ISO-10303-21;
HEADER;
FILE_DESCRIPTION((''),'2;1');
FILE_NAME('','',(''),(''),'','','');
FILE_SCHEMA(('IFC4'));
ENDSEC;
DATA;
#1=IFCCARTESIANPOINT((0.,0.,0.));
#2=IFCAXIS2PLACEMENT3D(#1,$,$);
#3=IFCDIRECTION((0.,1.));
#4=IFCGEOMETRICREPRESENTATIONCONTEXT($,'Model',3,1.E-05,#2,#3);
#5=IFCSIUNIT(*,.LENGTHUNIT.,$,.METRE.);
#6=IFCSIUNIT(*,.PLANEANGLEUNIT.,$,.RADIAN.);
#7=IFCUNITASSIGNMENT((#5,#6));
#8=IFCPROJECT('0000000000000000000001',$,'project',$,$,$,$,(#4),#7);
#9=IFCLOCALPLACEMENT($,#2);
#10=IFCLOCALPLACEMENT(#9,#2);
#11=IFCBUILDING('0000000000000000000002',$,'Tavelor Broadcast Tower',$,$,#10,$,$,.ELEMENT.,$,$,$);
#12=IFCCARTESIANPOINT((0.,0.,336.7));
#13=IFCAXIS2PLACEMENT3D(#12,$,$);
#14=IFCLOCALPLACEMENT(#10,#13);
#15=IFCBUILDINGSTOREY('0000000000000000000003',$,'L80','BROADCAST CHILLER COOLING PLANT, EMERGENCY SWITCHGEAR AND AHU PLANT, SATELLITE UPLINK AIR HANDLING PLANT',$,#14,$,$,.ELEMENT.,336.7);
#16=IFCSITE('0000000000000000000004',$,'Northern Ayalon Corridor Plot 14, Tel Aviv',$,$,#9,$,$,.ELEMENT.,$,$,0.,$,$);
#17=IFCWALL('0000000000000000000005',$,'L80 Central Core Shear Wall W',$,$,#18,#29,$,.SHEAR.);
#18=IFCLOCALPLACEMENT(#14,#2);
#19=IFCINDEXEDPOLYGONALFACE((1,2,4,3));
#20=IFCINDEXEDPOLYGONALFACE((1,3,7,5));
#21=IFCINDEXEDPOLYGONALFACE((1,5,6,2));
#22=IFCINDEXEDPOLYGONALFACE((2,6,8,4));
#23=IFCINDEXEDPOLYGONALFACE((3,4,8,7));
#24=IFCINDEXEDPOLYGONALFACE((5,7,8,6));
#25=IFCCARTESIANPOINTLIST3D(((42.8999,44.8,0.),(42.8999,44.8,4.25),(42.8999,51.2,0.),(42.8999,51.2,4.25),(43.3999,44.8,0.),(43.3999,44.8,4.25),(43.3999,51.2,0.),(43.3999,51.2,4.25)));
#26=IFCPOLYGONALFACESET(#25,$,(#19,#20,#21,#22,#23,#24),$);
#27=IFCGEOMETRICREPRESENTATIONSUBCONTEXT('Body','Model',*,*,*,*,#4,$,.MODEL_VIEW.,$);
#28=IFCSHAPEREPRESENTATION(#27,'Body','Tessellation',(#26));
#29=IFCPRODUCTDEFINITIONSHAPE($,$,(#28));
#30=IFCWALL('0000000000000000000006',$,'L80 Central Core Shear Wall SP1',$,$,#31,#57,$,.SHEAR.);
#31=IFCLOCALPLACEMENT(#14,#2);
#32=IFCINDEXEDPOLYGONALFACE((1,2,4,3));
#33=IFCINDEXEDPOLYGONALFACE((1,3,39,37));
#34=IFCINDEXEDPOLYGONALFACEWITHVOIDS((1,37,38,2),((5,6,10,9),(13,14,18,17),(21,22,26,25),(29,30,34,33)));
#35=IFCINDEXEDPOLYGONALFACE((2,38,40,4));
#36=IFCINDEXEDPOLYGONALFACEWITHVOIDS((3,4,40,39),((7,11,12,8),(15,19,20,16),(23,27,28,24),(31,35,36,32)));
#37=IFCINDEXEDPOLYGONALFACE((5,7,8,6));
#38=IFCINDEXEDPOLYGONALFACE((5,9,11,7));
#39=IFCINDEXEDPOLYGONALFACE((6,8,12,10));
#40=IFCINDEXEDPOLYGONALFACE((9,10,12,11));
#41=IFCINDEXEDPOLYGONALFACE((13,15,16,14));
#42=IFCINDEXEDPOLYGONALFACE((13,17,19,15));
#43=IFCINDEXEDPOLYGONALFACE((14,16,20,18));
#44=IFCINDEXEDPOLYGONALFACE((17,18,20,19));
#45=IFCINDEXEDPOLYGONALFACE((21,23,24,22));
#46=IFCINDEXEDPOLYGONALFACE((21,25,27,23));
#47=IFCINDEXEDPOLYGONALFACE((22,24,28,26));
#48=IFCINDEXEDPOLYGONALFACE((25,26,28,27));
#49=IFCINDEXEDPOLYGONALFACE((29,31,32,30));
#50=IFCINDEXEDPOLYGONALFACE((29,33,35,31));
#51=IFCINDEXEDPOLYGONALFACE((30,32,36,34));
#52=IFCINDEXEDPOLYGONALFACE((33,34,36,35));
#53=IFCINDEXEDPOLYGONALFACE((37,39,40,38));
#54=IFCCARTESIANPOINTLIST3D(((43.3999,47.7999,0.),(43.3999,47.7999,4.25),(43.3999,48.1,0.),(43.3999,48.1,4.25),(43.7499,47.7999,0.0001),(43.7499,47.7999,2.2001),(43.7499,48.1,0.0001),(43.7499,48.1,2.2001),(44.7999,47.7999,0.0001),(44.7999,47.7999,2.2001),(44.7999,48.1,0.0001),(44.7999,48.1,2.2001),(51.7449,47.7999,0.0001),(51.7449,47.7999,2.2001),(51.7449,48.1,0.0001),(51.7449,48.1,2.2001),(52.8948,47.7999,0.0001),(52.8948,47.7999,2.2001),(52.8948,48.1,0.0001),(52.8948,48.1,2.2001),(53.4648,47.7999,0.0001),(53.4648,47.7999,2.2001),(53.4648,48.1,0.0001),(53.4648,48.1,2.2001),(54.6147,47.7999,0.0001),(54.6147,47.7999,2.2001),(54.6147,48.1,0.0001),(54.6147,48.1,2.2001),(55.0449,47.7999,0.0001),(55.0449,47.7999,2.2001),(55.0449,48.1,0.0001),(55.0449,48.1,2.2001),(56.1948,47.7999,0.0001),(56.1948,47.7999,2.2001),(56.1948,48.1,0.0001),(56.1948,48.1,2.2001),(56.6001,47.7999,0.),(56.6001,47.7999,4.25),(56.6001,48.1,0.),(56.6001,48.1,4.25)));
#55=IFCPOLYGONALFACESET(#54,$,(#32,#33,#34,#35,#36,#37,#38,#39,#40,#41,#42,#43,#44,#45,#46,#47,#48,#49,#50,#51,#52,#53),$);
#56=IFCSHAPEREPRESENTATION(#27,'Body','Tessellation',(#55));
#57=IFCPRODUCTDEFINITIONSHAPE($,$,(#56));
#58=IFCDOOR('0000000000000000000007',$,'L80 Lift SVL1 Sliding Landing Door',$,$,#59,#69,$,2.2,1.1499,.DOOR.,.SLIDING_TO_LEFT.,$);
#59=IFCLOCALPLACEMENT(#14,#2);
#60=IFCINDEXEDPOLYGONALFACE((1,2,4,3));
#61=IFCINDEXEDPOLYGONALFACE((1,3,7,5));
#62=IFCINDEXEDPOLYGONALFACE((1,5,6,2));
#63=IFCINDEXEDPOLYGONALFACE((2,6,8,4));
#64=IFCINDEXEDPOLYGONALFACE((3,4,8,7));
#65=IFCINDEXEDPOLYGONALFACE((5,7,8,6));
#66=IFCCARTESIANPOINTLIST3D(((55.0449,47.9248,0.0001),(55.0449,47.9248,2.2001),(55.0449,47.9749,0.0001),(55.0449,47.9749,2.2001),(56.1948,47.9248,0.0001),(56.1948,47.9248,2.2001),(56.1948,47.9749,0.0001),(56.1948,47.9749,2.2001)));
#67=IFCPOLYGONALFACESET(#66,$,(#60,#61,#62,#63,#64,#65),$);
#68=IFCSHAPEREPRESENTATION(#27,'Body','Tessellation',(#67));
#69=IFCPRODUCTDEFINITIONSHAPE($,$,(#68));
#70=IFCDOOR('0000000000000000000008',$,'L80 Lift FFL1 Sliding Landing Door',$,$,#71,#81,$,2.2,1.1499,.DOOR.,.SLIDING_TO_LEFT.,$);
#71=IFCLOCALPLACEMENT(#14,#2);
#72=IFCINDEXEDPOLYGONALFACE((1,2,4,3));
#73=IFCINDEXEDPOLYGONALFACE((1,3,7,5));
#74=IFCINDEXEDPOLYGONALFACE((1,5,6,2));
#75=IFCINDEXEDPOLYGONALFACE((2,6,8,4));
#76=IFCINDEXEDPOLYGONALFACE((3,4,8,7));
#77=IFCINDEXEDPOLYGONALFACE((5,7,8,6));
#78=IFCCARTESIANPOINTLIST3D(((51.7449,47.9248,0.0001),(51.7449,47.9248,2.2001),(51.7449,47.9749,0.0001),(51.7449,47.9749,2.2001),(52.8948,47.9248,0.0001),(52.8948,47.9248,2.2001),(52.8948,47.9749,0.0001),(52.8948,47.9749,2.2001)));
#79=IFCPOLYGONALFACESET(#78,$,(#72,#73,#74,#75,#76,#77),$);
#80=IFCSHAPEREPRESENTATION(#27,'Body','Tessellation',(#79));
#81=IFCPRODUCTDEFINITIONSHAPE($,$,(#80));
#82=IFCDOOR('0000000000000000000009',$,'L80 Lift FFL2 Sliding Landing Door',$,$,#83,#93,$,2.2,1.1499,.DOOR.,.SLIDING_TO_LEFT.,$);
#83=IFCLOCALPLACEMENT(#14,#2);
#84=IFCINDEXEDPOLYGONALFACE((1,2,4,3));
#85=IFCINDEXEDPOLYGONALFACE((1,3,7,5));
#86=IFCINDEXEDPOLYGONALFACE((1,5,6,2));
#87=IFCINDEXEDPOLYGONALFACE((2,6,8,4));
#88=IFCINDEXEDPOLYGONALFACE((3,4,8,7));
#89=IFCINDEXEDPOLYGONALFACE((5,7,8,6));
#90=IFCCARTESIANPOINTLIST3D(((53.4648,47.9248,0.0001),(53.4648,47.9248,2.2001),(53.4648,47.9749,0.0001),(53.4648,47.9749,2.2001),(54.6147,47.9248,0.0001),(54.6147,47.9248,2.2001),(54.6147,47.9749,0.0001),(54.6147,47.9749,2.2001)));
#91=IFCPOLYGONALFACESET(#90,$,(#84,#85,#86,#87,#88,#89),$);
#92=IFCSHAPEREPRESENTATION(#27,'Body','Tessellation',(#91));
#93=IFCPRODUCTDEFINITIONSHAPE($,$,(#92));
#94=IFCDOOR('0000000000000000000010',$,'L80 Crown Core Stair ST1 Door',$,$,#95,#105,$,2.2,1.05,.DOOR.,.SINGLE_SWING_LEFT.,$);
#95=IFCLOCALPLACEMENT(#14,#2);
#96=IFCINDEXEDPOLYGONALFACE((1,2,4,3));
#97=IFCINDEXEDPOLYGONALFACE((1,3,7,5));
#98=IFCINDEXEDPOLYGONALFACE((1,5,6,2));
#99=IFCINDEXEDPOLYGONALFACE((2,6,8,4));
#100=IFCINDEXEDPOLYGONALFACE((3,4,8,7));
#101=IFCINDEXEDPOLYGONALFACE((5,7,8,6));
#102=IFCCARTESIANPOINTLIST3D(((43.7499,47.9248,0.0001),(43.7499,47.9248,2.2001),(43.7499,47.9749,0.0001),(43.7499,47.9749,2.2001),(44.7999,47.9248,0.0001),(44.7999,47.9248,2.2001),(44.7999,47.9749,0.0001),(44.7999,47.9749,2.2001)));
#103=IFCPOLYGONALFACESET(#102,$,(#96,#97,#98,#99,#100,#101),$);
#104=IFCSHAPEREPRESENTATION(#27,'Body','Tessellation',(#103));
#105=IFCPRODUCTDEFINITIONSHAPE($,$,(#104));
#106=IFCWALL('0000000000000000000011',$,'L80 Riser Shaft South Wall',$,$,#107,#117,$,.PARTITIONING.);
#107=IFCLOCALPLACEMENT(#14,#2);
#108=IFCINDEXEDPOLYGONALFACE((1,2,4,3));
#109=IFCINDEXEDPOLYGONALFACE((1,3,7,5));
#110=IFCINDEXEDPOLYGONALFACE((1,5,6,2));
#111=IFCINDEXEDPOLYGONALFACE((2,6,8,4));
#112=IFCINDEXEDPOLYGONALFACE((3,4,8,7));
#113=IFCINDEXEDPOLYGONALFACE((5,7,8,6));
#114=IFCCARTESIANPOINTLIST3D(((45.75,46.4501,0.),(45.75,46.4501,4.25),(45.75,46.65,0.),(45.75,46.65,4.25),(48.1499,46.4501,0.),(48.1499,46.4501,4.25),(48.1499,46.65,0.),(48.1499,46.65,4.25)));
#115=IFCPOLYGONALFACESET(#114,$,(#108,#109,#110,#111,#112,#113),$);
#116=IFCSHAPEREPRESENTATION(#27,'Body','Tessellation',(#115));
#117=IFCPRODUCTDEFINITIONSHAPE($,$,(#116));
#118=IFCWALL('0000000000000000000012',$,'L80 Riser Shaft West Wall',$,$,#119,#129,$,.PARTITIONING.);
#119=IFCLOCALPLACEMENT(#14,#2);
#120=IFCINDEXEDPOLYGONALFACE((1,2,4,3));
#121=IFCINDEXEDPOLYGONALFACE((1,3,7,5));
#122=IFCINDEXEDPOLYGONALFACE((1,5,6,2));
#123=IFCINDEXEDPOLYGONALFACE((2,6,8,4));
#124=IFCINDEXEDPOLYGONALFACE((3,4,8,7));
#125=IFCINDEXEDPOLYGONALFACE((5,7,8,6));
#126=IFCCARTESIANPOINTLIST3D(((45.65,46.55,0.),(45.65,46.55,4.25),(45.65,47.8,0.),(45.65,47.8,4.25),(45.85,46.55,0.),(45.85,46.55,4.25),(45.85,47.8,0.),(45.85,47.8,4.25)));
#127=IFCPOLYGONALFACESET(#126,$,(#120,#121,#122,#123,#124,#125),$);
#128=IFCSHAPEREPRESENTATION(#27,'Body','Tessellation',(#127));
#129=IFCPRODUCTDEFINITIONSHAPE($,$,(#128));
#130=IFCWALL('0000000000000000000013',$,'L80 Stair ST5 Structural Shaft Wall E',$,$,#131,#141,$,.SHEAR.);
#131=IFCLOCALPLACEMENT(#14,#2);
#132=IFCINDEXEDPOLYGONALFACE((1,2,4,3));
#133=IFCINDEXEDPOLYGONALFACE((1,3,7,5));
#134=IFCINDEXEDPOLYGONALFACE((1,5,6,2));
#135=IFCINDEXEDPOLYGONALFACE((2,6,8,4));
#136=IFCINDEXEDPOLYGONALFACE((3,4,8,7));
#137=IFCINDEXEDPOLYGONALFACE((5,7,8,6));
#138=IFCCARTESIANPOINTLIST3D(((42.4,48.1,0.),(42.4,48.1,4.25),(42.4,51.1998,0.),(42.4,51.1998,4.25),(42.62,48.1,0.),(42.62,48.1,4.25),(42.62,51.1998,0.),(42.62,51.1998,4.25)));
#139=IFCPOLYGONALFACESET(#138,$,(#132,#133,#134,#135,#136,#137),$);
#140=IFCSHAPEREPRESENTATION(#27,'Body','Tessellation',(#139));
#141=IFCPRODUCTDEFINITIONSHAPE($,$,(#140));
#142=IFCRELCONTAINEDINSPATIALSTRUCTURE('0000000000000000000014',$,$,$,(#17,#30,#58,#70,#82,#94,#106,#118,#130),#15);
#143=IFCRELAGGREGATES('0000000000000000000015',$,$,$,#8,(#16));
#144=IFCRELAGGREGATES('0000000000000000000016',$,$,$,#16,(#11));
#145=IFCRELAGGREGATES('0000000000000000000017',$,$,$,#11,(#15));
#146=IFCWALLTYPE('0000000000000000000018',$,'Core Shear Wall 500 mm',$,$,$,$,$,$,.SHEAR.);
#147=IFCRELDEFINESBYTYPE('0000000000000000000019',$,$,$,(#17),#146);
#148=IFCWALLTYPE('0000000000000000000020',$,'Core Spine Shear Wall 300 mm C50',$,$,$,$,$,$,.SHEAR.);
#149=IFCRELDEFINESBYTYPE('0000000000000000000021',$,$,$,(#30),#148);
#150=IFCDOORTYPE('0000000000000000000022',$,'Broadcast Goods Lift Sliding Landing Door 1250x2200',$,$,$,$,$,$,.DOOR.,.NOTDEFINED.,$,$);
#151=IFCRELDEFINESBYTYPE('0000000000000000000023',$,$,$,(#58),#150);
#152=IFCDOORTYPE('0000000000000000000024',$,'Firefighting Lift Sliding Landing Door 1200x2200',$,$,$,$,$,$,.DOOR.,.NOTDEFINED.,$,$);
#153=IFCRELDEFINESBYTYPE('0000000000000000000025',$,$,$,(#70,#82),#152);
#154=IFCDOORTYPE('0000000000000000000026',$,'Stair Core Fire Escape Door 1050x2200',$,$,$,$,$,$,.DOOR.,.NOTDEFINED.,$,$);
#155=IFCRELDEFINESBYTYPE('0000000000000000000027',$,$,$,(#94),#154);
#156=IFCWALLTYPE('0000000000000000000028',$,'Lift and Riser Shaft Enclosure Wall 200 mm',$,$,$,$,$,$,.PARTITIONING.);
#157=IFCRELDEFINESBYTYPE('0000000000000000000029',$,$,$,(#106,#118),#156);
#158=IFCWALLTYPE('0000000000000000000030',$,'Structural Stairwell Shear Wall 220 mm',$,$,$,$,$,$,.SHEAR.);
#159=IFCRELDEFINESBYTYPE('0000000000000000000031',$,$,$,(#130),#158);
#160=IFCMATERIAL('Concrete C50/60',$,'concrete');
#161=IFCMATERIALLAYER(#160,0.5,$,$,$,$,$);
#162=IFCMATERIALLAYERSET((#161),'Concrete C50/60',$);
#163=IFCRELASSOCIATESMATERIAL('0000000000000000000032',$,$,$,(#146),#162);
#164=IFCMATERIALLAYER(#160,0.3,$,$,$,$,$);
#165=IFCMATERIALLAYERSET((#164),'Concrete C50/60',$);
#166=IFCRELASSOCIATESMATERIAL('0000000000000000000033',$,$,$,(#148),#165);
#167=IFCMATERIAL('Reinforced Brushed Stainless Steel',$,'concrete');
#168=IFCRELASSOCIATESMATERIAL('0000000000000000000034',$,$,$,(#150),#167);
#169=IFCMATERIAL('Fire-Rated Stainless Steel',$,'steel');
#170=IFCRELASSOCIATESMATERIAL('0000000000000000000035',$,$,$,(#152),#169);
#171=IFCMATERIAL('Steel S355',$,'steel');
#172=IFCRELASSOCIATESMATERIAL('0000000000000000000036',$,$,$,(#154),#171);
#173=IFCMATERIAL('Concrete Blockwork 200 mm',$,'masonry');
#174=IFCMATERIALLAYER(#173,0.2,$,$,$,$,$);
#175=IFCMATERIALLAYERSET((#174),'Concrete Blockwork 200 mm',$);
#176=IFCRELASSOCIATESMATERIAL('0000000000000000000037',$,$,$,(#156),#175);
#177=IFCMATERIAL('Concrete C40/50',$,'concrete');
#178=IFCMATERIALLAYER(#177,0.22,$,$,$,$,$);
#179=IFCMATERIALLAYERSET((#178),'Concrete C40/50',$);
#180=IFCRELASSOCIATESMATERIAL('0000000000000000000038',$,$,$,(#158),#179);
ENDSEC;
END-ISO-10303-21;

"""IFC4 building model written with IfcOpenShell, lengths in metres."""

from ifc_helpers import new_model, si_unit, direction, frame, frame_2d, origin, place, context, subcontext, project, spatial, rectangle, extrude, material, layer, layer_set, type_object, element, fill, save


model = new_model("IFC4")

# Units and contexts
model_context = context("Model", 3, precision=1e-05, world=origin(), true_north=direction((0.0, 1.0)))
body_context = subcontext(model_context, "Body", "Model", "MODEL_VIEW")
ifc_project = project(units=[si_unit("LENGTHUNIT", "METRE"), si_unit("PLANEANGLEUNIT", "RADIAN")], contexts=[model_context])

# Site, building, storey
site_placement = place(None, origin())
site = spatial("IfcSite", under=ifc_project, at=site_placement, Name="Northern Ayalon Corridor Plot 14, Tel Aviv", CompositionType="ELEMENT", RefElevation=0.0)
building_placement = place(site_placement, origin())
building = spatial("IfcBuilding", under=site, at=building_placement, Name="Tavelor Broadcast Tower", CompositionType="ELEMENT")
storey_placement = place(building_placement, frame((0.0, 0.0, 336.7)))
storey = spatial("IfcBuildingStorey", under=building, at=storey_placement, Name="L80", Description="BROADCAST CHILLER COOLING PLANT, EMERGENCY SWITCHGEAR AND AHU PLANT, SATELLITE UPLINK AIR HANDLING PLANT", CompositionType="ELEMENT", Elevation=336.7)

# Shared definitions
ifc_material_1 = material(Name="Concrete C50/60", Category="concrete")

# Shared definitions
ifc_material_2 = material(Name="Concrete C40/50", Category="concrete")
ifc_material_3 = material(Name="Steel S355", Category="steel")

# Wall
ifc_layer_1 = layer(ifc_material_1, 0.5)
ifc_layer_set_1 = layer_set([ifc_layer_1], Name="Concrete C50/60")
wall_type_1 = type_object("IfcWallType", Name="Core Shear Wall 500 mm", PredefinedType="SHEAR", material=ifc_layer_set_1)
wall_1_placement = place(storey_placement, frame((43.1499, 44.8, 0.0), z_axis=(0.0, 0.0, 1.0), x_axis=(0.0, 1.0, 0.0)))
element("IfcWall", 1, at=wall_1_placement, inside=storey, type_object=wall_type_1, Name="L80 Central Core Shear Wall W", PredefinedType="SHEAR", context=body_context, shape_type="SweptSolid", body=[
    extrude(rectangle(XDim=6.3999, YDim=0.5, at=frame_2d((3.2, 0.0))), origin(), (0.0, 0.0, 1.0), 4.25),
])

# Wall, openings, doors
ifc_layer_2 = layer(ifc_material_1, 0.3)
ifc_layer_set_2 = layer_set([ifc_layer_2], Name="Concrete C50/60")
wall_type_2 = type_object("IfcWallType", Name="Core Spine Shear Wall 300 mm C50", PredefinedType="SHEAR", material=ifc_layer_set_2)
wall_2_placement = place(storey_placement, frame((43.3999, 47.95, 0.0), z_axis=(0.0, 0.0, 1.0), x_axis=(1.0, 0.0, 0.0)))
wall_2 = element("IfcWall", 2, at=wall_2_placement, inside=storey, type_object=wall_type_2, Name="L80 Central Core Shear Wall SP1", PredefinedType="SHEAR", context=body_context, shape_type="SweptSolid", body=[
    extrude(rectangle(XDim=13.2002, YDim=0.3, at=frame_2d((6.6001, 0.0))), origin(), (0.0, 0.0, 1.0), 4.25),
])
opening_1_placement = place(wall_2_placement, frame((0.3501, 0.0, 0.0)))
opening_1 = element("IfcOpeningElement", 3, at=opening_1_placement, cuts=wall_2, PredefinedType="OPENING", context=body_context, shape_type="SweptSolid", body=[
    extrude(rectangle(XDim=1.05, YDim=2.2, at=frame_2d((0.5249, 1.1001))), frame((0.0, 0.1602, 0.0), z_axis=(0.0, -1.0, 0.0), x_axis=(1.0, 0.0, 0.0)), (0.0, 0.0, 1.0), 0.3201),
])
opening_2_placement = place(wall_2_placement, frame((8.345, 0.0, 0.0)))
opening_2 = element("IfcOpeningElement", 4, at=opening_2_placement, cuts=wall_2, PredefinedType="OPENING", context=body_context, shape_type="SweptSolid", body=[
    extrude(rectangle(XDim=1.1499, YDim=2.2, at=frame_2d((0.575, 1.1001))), frame((0.0, 0.1602, 0.0), z_axis=(0.0, -1.0, 0.0), x_axis=(1.0, 0.0, 0.0)), (0.0, 0.0, 1.0), 0.3201),
])
opening_3_placement = place(wall_2_placement, frame((10.0649, 0.0, 0.0)))
opening_3 = element("IfcOpeningElement", 5, at=opening_3_placement, cuts=wall_2, PredefinedType="OPENING", context=body_context, shape_type="SweptSolid", body=[
    extrude(rectangle(XDim=1.1499, YDim=2.2, at=frame_2d((0.575, 1.1001))), frame((0.0, 0.1602, 0.0), z_axis=(0.0, -1.0, 0.0), x_axis=(1.0, 0.0, 0.0)), (0.0, 0.0, 1.0), 0.3201),
])
opening_4_placement = place(wall_2_placement, frame((11.645, 0.0, 0.0)))
opening_4 = element("IfcOpeningElement", 6, at=opening_4_placement, cuts=wall_2, PredefinedType="OPENING", context=body_context, shape_type="SweptSolid", body=[
    extrude(rectangle(XDim=1.1499, YDim=2.2, at=frame_2d((0.575, 1.1001))), frame((0.0, 0.1602, 0.0), z_axis=(0.0, -1.0, 0.0), x_axis=(1.0, 0.0, 0.0)), (0.0, 0.0, 1.0), 0.3201),
])
ifc_material_4 = material(Name="Reinforced Brushed Stainless Steel", Category="concrete")
door_type_1 = type_object("IfcDoorType", Name="Broadcast Goods Lift Sliding Landing Door 1250x2200", OperationType="NOTDEFINED", PredefinedType="DOOR", material=ifc_material_4)
door_1_placement = place(opening_4_placement, origin())
door_1 = element("IfcDoor", 7, at=door_1_placement, inside=storey, type_object=door_type_1, Name="L80 Lift SVL1 Sliding Landing Door", OperationType="SLIDING_TO_LEFT", OverallHeight=2.2, OverallWidth=1.1499, PredefinedType="DOOR", context=body_context, shape_type="SweptSolid", body=[
    extrude(rectangle(XDim=1.1499, YDim=2.2, at=frame_2d((0.575, 1.1001))), frame((0.0, 0.0249, 0.0), z_axis=(0.0, -1.0, 0.0), x_axis=(1.0, 0.0, 0.0)), (0.0, 0.0, 1.0), 0.05),
])
fill(opening_4, door_1)
ifc_material_5 = material(Name="Fire-Rated Stainless Steel", Category="steel")
door_type_2 = type_object("IfcDoorType", Name="Firefighting Lift Sliding Landing Door 1200x2200", OperationType="NOTDEFINED", PredefinedType="DOOR", material=ifc_material_5)
door_2_placement = place(opening_2_placement, origin())
door_2 = element("IfcDoor", 8, at=door_2_placement, inside=storey, type_object=door_type_2, Name="L80 Lift FFL1 Sliding Landing Door", OperationType="SLIDING_TO_LEFT", OverallHeight=2.2, OverallWidth=1.1499, PredefinedType="DOOR", context=body_context, shape_type="SweptSolid", body=[
    extrude(rectangle(XDim=1.1499, YDim=2.2, at=frame_2d((0.575, 1.1001))), frame((0.0, 0.0249, 0.0), z_axis=(0.0, -1.0, 0.0), x_axis=(1.0, 0.0, 0.0)), (0.0, 0.0, 1.0), 0.05),
])
fill(opening_2, door_2)
door_3_placement = place(opening_3_placement, origin())
door_3 = element("IfcDoor", 9, at=door_3_placement, inside=storey, type_object=door_type_2, Name="L80 Lift FFL2 Sliding Landing Door", OperationType="SLIDING_TO_LEFT", OverallHeight=2.2, OverallWidth=1.1499, PredefinedType="DOOR", context=body_context, shape_type="SweptSolid", body=[
    extrude(rectangle(XDim=1.1499, YDim=2.2, at=frame_2d((0.575, 1.1001))), frame((0.0, 0.0249, 0.0), z_axis=(0.0, -1.0, 0.0), x_axis=(1.0, 0.0, 0.0)), (0.0, 0.0, 1.0), 0.05),
])
fill(opening_3, door_3)
door_type_3 = type_object("IfcDoorType", Name="Stair Core Fire Escape Door 1050x2200", OperationType="NOTDEFINED", PredefinedType="DOOR", material=ifc_material_3)
door_4_placement = place(opening_1_placement, origin())
door_4 = element("IfcDoor", 10, at=door_4_placement, inside=storey, type_object=door_type_3, Name="L80 Crown Core Stair ST1 Door", OperationType="SINGLE_SWING_LEFT", OverallHeight=2.2, OverallWidth=1.05, PredefinedType="DOOR", context=body_context, shape_type="SweptSolid", body=[
    extrude(rectangle(XDim=1.05, YDim=2.2, at=frame_2d((0.5249, 1.1001))), frame((0.0, 0.0249, 0.0), z_axis=(0.0, -1.0, 0.0), x_axis=(1.0, 0.0, 0.0)), (0.0, 0.0, 1.0), 0.05),
])
fill(opening_1, door_4)

# Walls
ifc_material_6 = material(Name="Concrete Blockwork 200 mm", Category="masonry")
ifc_layer_3 = layer(ifc_material_6, 0.2)
ifc_layer_set_3 = layer_set([ifc_layer_3], Name="Concrete Blockwork 200 mm")
wall_type_3 = type_object("IfcWallType", Name="Lift and Riser Shaft Enclosure Wall 200 mm", PredefinedType="PARTITIONING", material=ifc_layer_set_3)
wall_3_placement = place(storey_placement, frame((45.75, 46.55, 0.0), z_axis=(0.0, 0.0, 1.0), x_axis=(1.0, 0.0, 0.0)))
element("IfcWall", 11, at=wall_3_placement, inside=storey, type_object=wall_type_3, Name="L80 Riser Shaft South Wall", PredefinedType="PARTITIONING", context=body_context, shape_type="SweptSolid", body=[
    extrude(rectangle(XDim=2.3999, YDim=0.2, at=frame_2d((1.2, 0.0))), origin(), (0.0, 0.0, 1.0), 4.25),
])
wall_4_placement = place(storey_placement, frame((45.75, 46.55, 0.0), z_axis=(0.0, 0.0, 1.0), x_axis=(0.0, 1.0, 0.0)))
element("IfcWall", 12, at=wall_4_placement, inside=storey, type_object=wall_type_3, Name="L80 Riser Shaft West Wall", PredefinedType="PARTITIONING", context=body_context, shape_type="SweptSolid", body=[
    extrude(rectangle(XDim=1.25, YDim=0.2, at=frame_2d((0.625, 0.0))), origin(), (0.0, 0.0, 1.0), 4.25),
])
ifc_layer_4 = layer(ifc_material_2, 0.22)
ifc_layer_set_4 = layer_set([ifc_layer_4], Name="Concrete C40/50")
wall_type_4 = type_object("IfcWallType", Name="Structural Stairwell Shear Wall 220 mm", PredefinedType="SHEAR", material=ifc_layer_set_4)
wall_5_placement = place(storey_placement, frame((42.51, 48.1001, 0.0), z_axis=(0.0, 0.0, 1.0), x_axis=(0.0, 1.0, 0.0)))
element("IfcWall", 13, at=wall_5_placement, inside=storey, type_object=wall_type_4, Name="L80 Stair ST5 Structural Shaft Wall E", PredefinedType="SHEAR", context=body_context, shape_type="SweptSolid", body=[
    extrude(rectangle(XDim=3.0999, YDim=0.22, at=frame_2d((1.5498, 0.0))), origin(), (0.0, 0.0, 1.0), 4.25),
])

save(model, "model.ifc")
